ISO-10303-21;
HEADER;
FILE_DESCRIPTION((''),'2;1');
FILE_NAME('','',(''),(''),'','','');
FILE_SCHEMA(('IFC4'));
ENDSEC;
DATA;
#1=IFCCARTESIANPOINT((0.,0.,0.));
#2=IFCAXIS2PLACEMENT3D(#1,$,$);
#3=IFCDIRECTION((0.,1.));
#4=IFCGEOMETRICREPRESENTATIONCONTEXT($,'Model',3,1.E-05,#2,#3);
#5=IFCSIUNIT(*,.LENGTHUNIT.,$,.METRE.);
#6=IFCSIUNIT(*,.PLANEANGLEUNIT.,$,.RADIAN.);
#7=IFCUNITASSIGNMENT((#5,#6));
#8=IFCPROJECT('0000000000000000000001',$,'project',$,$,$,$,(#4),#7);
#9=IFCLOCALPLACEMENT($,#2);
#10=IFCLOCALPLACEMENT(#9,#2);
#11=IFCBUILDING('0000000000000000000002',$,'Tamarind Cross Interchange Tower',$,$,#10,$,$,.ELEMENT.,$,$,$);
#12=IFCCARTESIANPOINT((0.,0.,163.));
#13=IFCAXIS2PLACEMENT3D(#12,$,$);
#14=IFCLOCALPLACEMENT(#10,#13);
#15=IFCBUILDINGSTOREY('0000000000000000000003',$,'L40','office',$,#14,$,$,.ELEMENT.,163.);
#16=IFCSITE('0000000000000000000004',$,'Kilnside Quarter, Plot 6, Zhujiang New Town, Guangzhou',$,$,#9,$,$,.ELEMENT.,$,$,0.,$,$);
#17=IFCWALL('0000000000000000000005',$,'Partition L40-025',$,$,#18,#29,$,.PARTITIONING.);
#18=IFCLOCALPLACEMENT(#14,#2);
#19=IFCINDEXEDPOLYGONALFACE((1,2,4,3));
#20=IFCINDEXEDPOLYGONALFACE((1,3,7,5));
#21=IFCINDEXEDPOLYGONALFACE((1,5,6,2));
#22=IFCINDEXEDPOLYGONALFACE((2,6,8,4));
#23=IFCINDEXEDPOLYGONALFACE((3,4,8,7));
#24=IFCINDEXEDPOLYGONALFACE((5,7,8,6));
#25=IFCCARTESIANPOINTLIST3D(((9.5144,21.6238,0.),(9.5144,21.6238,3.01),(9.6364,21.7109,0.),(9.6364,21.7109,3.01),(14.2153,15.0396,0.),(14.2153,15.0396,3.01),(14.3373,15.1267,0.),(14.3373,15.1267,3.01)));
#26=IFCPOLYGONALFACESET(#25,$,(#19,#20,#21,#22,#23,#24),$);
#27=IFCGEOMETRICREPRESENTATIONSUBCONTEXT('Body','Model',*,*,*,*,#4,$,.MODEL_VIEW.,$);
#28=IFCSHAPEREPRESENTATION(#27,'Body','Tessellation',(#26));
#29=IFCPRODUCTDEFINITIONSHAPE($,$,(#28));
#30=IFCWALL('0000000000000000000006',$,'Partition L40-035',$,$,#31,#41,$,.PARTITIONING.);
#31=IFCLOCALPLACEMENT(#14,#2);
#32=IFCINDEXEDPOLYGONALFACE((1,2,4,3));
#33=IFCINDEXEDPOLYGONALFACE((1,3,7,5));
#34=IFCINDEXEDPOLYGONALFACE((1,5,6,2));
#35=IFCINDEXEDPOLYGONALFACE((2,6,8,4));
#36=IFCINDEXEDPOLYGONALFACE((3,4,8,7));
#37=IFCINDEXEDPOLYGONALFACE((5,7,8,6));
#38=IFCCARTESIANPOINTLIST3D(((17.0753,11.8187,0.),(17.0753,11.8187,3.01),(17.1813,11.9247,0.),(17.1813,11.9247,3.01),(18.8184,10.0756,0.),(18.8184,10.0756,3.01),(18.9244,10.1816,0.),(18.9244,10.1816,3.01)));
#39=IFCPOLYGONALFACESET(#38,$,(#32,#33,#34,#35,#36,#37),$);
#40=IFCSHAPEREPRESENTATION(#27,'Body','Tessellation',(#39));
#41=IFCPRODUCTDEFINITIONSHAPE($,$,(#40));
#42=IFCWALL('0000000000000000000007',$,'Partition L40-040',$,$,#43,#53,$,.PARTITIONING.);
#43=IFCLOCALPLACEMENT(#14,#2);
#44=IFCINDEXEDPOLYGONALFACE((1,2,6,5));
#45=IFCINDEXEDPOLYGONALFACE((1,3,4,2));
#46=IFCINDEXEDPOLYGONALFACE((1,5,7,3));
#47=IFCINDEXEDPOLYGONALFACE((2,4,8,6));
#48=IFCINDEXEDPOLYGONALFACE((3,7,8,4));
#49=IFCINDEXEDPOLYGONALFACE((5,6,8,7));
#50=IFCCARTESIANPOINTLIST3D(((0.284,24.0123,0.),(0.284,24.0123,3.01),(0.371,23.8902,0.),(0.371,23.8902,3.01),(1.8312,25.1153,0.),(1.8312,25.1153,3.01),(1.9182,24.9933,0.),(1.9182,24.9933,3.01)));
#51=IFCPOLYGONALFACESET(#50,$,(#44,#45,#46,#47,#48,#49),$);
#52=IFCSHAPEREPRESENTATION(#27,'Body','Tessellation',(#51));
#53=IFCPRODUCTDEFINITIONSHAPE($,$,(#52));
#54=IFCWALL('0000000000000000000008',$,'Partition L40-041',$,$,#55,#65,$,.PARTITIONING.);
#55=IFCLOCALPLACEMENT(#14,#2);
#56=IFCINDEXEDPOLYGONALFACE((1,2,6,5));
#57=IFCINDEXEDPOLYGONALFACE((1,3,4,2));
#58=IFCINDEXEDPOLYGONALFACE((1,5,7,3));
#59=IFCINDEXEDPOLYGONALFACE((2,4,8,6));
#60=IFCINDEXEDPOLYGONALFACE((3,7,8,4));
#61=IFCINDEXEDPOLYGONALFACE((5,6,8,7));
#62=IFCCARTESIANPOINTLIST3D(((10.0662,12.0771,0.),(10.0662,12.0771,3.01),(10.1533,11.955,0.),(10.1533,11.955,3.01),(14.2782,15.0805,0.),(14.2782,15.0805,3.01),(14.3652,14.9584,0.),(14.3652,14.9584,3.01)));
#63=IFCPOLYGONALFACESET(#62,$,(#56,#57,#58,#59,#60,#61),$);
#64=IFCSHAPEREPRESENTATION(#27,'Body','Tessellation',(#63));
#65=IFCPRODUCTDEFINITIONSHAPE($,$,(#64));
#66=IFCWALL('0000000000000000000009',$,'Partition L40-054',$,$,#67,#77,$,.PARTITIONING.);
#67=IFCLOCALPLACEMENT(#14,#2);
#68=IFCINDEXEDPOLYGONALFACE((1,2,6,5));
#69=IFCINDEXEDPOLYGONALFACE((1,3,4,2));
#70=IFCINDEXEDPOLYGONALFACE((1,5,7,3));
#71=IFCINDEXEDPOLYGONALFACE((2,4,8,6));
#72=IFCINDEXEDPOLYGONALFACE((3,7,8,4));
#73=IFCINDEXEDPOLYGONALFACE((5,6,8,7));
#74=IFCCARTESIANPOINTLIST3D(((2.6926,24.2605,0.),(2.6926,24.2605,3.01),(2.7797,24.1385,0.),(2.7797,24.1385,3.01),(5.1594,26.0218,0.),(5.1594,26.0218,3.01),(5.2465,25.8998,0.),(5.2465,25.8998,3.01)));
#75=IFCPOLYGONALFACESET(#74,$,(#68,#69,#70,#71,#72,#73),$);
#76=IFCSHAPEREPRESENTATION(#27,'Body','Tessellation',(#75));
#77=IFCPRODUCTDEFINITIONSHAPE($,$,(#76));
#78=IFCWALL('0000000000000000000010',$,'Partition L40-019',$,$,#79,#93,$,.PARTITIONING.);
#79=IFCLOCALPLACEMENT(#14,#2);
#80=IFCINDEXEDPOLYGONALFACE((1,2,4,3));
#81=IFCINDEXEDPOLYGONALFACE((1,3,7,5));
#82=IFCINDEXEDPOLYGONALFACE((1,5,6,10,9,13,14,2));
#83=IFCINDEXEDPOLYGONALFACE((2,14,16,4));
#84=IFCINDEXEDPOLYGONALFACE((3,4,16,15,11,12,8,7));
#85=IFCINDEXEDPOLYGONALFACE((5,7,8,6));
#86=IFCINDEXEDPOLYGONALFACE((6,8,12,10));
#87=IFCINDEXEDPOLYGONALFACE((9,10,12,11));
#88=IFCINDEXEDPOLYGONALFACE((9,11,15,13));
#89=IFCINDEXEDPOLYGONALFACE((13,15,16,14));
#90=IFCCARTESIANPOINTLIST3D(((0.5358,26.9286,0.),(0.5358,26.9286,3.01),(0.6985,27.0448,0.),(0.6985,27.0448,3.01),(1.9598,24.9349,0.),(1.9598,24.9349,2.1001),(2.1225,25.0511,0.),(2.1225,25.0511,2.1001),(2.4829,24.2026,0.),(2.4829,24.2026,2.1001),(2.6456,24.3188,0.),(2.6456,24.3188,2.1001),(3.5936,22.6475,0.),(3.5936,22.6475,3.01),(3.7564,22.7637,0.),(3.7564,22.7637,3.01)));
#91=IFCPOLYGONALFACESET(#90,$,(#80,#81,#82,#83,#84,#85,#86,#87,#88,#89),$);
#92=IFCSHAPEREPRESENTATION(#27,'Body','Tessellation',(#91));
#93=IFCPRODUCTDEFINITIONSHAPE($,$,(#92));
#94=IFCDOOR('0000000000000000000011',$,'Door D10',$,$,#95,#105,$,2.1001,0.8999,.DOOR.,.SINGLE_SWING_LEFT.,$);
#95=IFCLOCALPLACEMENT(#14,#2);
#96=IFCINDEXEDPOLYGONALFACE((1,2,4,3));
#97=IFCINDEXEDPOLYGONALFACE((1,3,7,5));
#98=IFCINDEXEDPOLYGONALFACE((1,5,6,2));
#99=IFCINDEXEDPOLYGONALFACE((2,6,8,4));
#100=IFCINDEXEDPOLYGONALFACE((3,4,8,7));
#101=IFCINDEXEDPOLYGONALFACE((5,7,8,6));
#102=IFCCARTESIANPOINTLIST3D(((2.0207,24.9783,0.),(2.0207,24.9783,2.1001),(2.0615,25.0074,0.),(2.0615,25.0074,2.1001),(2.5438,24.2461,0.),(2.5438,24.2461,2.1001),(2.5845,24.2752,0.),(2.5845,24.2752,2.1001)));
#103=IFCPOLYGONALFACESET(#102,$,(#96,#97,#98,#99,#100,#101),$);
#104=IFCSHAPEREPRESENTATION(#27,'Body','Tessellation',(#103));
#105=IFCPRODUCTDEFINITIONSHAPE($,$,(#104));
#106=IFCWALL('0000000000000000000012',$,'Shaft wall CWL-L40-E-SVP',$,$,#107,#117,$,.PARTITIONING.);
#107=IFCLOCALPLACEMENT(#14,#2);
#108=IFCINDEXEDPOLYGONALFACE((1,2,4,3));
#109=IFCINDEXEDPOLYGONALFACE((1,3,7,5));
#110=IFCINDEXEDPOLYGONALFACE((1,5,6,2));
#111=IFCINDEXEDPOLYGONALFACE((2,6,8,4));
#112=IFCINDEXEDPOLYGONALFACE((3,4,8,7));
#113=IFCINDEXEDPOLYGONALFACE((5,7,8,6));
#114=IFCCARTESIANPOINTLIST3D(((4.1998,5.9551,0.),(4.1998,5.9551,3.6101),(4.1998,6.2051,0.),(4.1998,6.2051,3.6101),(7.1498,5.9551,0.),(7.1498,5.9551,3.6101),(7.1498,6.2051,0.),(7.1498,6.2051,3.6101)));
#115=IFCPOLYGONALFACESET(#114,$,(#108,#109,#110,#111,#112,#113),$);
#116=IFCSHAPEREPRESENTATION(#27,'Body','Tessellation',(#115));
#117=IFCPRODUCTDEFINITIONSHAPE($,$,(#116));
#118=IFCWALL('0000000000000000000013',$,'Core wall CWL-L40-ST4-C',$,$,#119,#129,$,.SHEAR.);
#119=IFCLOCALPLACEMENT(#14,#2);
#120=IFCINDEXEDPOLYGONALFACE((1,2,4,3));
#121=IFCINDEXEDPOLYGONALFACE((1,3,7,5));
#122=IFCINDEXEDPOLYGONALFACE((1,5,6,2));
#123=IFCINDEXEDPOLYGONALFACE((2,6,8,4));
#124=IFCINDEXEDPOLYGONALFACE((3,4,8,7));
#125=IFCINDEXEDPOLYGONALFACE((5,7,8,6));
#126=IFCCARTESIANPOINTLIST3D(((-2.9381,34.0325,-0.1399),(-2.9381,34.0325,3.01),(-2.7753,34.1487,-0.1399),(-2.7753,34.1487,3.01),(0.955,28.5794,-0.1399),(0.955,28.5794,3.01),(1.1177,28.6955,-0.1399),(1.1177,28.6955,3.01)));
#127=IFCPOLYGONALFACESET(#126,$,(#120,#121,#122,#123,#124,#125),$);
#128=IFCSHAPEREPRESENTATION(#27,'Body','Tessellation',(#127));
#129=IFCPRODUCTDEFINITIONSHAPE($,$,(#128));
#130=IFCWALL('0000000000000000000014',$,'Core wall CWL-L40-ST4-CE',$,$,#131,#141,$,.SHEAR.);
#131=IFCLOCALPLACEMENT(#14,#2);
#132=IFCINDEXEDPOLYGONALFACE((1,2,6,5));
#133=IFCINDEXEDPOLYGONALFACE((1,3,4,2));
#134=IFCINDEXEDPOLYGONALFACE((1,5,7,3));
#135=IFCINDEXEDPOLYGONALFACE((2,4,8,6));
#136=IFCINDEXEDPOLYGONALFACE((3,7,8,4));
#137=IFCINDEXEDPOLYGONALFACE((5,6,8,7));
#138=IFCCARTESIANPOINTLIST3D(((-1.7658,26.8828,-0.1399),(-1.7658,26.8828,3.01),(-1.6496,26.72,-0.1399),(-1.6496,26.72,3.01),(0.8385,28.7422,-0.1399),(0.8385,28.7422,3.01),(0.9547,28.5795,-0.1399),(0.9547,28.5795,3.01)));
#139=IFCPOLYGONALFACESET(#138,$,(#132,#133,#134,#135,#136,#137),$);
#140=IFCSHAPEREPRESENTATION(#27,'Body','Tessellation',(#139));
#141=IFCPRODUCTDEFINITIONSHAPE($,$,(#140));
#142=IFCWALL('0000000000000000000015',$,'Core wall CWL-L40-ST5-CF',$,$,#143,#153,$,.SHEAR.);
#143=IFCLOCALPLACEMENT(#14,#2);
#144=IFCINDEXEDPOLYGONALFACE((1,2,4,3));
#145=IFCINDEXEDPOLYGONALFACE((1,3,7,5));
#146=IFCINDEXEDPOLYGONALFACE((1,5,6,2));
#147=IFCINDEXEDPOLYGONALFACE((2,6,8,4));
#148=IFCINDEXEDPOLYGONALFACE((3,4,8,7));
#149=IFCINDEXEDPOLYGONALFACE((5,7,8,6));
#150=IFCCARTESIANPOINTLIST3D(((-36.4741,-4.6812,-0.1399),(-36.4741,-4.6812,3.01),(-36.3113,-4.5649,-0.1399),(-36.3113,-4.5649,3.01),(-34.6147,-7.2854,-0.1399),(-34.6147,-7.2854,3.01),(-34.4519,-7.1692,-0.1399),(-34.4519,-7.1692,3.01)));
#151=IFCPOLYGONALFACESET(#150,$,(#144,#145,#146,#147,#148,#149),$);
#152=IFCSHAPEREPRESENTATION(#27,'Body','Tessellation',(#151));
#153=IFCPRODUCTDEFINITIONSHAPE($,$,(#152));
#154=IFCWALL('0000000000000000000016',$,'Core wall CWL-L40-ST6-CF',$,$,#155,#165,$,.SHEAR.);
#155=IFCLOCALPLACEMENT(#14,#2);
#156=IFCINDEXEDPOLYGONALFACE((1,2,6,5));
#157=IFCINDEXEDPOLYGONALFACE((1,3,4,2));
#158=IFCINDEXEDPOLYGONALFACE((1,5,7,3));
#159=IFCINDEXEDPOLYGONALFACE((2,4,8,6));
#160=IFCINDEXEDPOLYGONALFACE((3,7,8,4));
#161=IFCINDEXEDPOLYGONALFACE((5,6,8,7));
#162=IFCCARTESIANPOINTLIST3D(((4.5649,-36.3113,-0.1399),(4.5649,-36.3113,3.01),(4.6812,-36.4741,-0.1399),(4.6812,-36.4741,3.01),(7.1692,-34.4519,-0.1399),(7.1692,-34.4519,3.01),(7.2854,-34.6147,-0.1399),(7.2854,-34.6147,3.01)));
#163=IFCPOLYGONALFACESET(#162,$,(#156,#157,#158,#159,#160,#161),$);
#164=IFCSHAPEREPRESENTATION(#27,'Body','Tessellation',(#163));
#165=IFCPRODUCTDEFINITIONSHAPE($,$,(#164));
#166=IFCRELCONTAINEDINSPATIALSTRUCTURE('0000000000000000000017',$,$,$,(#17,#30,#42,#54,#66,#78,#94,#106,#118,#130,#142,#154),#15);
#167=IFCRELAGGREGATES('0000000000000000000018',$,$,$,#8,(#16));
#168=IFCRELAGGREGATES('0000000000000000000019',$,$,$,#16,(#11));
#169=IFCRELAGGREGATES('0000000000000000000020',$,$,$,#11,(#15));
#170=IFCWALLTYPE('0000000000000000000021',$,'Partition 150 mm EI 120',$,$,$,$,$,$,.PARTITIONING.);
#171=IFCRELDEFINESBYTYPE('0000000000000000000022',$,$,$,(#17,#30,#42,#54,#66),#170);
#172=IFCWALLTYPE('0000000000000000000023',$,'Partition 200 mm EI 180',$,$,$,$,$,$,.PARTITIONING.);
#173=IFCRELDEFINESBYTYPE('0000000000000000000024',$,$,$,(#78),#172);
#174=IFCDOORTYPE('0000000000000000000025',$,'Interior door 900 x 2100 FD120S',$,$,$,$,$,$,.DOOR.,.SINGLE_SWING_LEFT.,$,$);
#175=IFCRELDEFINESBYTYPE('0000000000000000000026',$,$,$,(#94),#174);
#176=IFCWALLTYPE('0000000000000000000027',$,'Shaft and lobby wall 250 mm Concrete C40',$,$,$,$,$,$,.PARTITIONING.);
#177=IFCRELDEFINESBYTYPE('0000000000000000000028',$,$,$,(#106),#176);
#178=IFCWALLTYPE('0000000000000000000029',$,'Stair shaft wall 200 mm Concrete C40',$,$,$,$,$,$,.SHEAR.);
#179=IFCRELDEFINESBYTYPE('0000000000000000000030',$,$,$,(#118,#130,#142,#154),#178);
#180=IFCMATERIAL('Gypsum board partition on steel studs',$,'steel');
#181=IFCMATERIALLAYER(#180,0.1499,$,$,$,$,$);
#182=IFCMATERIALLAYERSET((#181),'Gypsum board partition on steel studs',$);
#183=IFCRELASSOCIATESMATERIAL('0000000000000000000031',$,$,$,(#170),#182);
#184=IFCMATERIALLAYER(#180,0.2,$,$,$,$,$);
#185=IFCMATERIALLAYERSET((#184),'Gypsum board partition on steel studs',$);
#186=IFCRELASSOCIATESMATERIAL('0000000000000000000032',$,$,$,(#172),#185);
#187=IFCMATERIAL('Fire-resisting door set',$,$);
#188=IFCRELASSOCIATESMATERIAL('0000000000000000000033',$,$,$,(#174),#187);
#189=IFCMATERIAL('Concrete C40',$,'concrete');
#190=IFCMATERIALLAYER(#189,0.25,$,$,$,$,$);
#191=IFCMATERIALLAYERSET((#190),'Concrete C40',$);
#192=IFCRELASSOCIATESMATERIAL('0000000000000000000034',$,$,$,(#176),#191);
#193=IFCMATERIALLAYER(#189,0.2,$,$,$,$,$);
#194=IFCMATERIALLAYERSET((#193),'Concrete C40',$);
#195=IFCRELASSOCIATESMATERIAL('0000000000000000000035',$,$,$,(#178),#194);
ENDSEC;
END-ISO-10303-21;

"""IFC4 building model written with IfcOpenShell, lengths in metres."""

from ifc_helpers import new_model, si_unit, direction, frame, frame_2d, origin, place, context, subcontext, project, spatial, polyline, rectangle, outline, extrude, material, layer, layer_set, type_object, element, fill, save


model = new_model("IFC4")

# Units and contexts
model_context = context("Model", 3, precision=1e-05, world=origin(), true_north=direction((0.0, 1.0)))
body_context = subcontext(model_context, "Body", "Model", "MODEL_VIEW")
ifc_project = project(units=[si_unit("LENGTHUNIT", "METRE"), si_unit("PLANEANGLEUNIT", "RADIAN")], contexts=[model_context])

# Site, building, storey
site_placement = place(None, origin())
site = spatial("IfcSite", under=ifc_project, at=site_placement, Name="Kilnside Quarter, Plot 6, Zhujiang New Town, Guangzhou", CompositionType="ELEMENT", RefElevation=0.0)
building_placement = place(site_placement, origin())
building = spatial("IfcBuilding", under=site, at=building_placement, Name="Tamarind Cross Interchange Tower", CompositionType="ELEMENT")
storey_placement = place(building_placement, frame((0.0, 0.0, 163.0)))
storey = spatial("IfcBuildingStorey", under=building, at=storey_placement, Name="L40", Description="office", CompositionType="ELEMENT", Elevation=163.0)

# Shared definitions
ifc_material_1 = material(Name="Concrete C40", Category="concrete")

# Shared definitions
ifc_material_2 = material(Name="Gypsum board partition on steel studs", Category="steel")

# Shared definitions
ifc_layer_1 = layer(ifc_material_2, 0.1499)
ifc_layer_set_1 = layer_set([ifc_layer_1], Name="Gypsum board partition on steel studs")
wall_type_1 = type_object("IfcWallType", Name="Partition 150 mm EI 120", PredefinedType="PARTITIONING", material=ifc_layer_set_1)
ifc_material_3 = material(Name="Fire-resisting door set")

# Walls
wall_1_placement = place(storey_placement, frame((9.5754, 21.6672, 0.0), z_axis=(0.0, 0.0, 1.0), x_axis=(0.581067, -0.813856, 0.0)))
element("IfcWall", 1, at=wall_1_placement, inside=storey, type_object=wall_type_1, Name="Partition L40-025", PredefinedType="PARTITIONING", context=body_context, shape_type="SweptSolid", body=[
    extrude(rectangle(XDim=8.0901, YDim=0.1499, at=frame_2d((4.0449, 0.0))), origin(), (0.0, 0.0, 1.0), 3.01),
])
wall_2_placement = place(storey_placement, frame((17.1284, 11.8716, 0.0), z_axis=(0.0, 0.0, 1.0), x_axis=(0.707107, -0.707107, 0.0)))
element("IfcWall", 2, at=wall_2_placement, inside=storey, type_object=wall_type_1, Name="Partition L40-035", PredefinedType="PARTITIONING", context=body_context, shape_type="SweptSolid", body=[
    extrude(rectangle(XDim=2.4651, YDim=0.1499, at=frame_2d((1.2324, 0.0))), origin(), (0.0, 0.0, 1.0), 3.01),
])
wall_3_placement = place(storey_placement, frame((0.3274, 23.9512, 0.0), z_axis=(0.0, 0.0, 1.0), x_axis=(0.814245, 0.580521, 0.0)))
element("IfcWall", 3, at=wall_3_placement, inside=storey, type_object=wall_type_1, Name="Partition L40-040", PredefinedType="PARTITIONING", context=body_context, shape_type="SweptSolid", body=[
    extrude(rectangle(XDim=1.9001, YDim=0.1499, at=frame_2d((0.9502, 0.0))), origin(), (0.0, 0.0, 1.0), 3.01),
])
wall_4_placement = place(storey_placement, frame((10.1099, 12.0161, 0.0), z_axis=(0.0, 0.0, 1.0), x_axis=(0.814199, 0.580586, 0.0)))
element("IfcWall", 4, at=wall_4_placement, inside=storey, type_object=wall_type_1, Name="Partition L40-041", PredefinedType="PARTITIONING", context=body_context, shape_type="SweptSolid", body=[
    extrude(rectangle(XDim=5.1731, YDim=0.1499, at=frame_2d((2.5864, 0.0))), origin(), (0.0, 0.0, 1.0), 3.01),
])
wall_5_placement = place(storey_placement, frame((2.7361, 24.1995, 0.0), z_axis=(0.0, 0.0, 1.0), x_axis=(0.813853, 0.581071, 0.0)))
element("IfcWall", 5, at=wall_5_placement, inside=storey, type_object=wall_type_1, Name="Partition L40-054", PredefinedType="PARTITIONING", context=body_context, shape_type="SweptSolid", body=[
    extrude(rectangle(XDim=3.031, YDim=0.1499, at=frame_2d((1.5156, 0.0))), origin(), (0.0, 0.0, 1.0), 3.01),
])

# Wall, opening, door
ifc_layer_2 = layer(ifc_material_2, 0.2)
ifc_layer_set_2 = layer_set([ifc_layer_2], Name="Gypsum board partition on steel studs")
wall_type_2 = type_object("IfcWallType", Name="Partition 200 mm EI 180", PredefinedType="PARTITIONING", material=ifc_layer_set_2)
wall_6_placement = place(storey_placement, frame((0.6172, 26.9866, 0.0), z_axis=(0.0, 0.0, 1.0), x_axis=(0.581238, -0.813733, 0.0)))
wall_6 = element("IfcWall", 6, at=wall_6_placement, inside=storey, type_object=wall_type_2, Name="Partition L40-019", PredefinedType="PARTITIONING", context=body_context, shape_type="SweptSolid", body=[
    extrude(rectangle(XDim=5.261, YDim=0.2, at=frame_2d((2.6304, 0.0))), origin(), (0.0, 0.0, 1.0), 3.01),
])
opening_1_placement = place(wall_6_placement, frame((2.45, 0.0, 0.0)))
opening_1 = element("IfcOpeningElement", 7, at=opening_1_placement, cuts=wall_6, PredefinedType="OPENING", context=body_context, shape_type="SweptSolid", body=[
    extrude(rectangle(XDim=0.8999, YDim=2.1001, at=frame_2d((0.45, 1.05))), frame((0.0, 0.1099, 0.0), z_axis=(0.0, -1.0, 0.0), x_axis=(1.0, 0.0, 0.0)), (0.0, 0.0, 1.0), 0.22),
])
door_type_1 = type_object("IfcDoorType", Name="Interior door 900 x 2100 FD120S", OperationType="SINGLE_SWING_LEFT", PredefinedType="DOOR", material=ifc_material_3)
door_1_placement = place(opening_1_placement, origin())
door_1 = element("IfcDoor", 8, at=door_1_placement, inside=storey, type_object=door_type_1, Name="Door D10", OperationType="SINGLE_SWING_LEFT", OverallHeight=2.1001, OverallWidth=0.8999, PredefinedType="DOOR", context=body_context, shape_type="SweptSolid", body=[
    extrude(rectangle(XDim=0.8999, YDim=2.1001, at=frame_2d((0.45, 1.05))), frame((0.0, 0.0249, 0.0), z_axis=(0.0, -1.0, 0.0), x_axis=(1.0, 0.0, 0.0)), (0.0, 0.0, 1.0), 0.05),
])
fill(opening_1, door_1)

# Walls
ifc_layer_3 = layer(ifc_material_1, 0.25)
ifc_layer_set_3 = layer_set([ifc_layer_3], Name="Concrete C40")
wall_type_3 = type_object("IfcWallType", Name="Shaft and lobby wall 250 mm Concrete C40", PredefinedType="PARTITIONING", material=ifc_layer_set_3)
wall_7_placement = place(storey_placement, frame((7.1499, 6.0801, 0.0), z_axis=(0.0, 0.0, 1.0), x_axis=(-1.0, 0.0, 0.0)))
element("IfcWall", 9, at=wall_7_placement, inside=storey, type_object=wall_type_3, Name="Shaft wall CWL-L40-E-SVP", PredefinedType="PARTITIONING", context=body_context, shape_type="SweptSolid", body=[
    extrude(rectangle(XDim=2.95, YDim=0.25, at=frame_2d((1.4751, 0.0))), origin(), (0.0, 0.0, 1.0), 3.6101),
])
ifc_layer_4 = layer(ifc_material_1, 0.2)
ifc_layer_set_4 = layer_set([ifc_layer_4], Name="Concrete C40")
wall_type_4 = type_object("IfcWallType", Name="Stair shaft wall 200 mm Concrete C40", PredefinedType="SHEAR", material=ifc_layer_set_4)
wall_8_placement = place(storey_placement, frame((1.0364, 28.6375, -0.1399), z_axis=(0.0, 0.0, 1.0), x_axis=(-0.581038, 0.813876, 0.0)))
element("IfcWall", 10, at=wall_8_placement, inside=storey, type_object=wall_type_4, Name="Core wall CWL-L40-ST4-C", PredefinedType="SHEAR", context=body_context, shape_type="SweptSolid", body=[
    extrude(rectangle(XDim=6.7002, YDim=0.2, at=frame_2d((3.3501, 0.0))), origin(), (0.0, 0.0, 1.0), 3.1499),
])
wall_9_placement = place(storey_placement, frame((0.8967, 28.6609, -0.1399), z_axis=(0.0, 0.0, 1.0), x_axis=(-0.813852, -0.581072, 0.0)))
element("IfcWall", 11, at=wall_9_placement, inside=storey, type_object=wall_type_4, Name="Core wall CWL-L40-ST4-CE", PredefinedType="SHEAR", context=body_context, shape_type="SweptSolid", body=[
    extrude(rectangle(XDim=3.2, YDim=0.2, at=frame_2d((1.6001, 0.0))), origin(), (0.0, 0.0, 1.0), 3.1499),
])
wall_10_placement = place(storey_placement, frame((0.0, 0.0, -0.1399)))
element("IfcWall", 12, at=wall_10_placement, inside=storey, type_object=wall_type_4, Name="Core wall CWL-L40-ST5-CF", PredefinedType="SHEAR", context=body_context, shape_type="SweptSolid", body=[
    extrude(outline(polyline([(-36.3113, -4.5649), (-36.4741, -4.6812), (-34.6147, -7.2854), (-34.4519, -7.1692), (-36.3113, -4.5649)])), origin(), (0.0, 0.0, 1.0), 3.1499),
])
wall_11_placement = place(storey_placement, frame((0.0, 0.0, -0.1399)))
element("IfcWall", 13, at=wall_11_placement, inside=storey, type_object=wall_type_4, Name="Core wall CWL-L40-ST6-CF", PredefinedType="SHEAR", context=body_context, shape_type="SweptSolid", body=[
    extrude(outline(polyline([(4.5649, -36.3113), (4.6812, -36.4741), (7.2854, -34.6147), (7.1692, -34.4519), (4.5649, -36.3113)])), origin(), (0.0, 0.0, 1.0), 3.1499),
])

save(model, "model.ifc")
